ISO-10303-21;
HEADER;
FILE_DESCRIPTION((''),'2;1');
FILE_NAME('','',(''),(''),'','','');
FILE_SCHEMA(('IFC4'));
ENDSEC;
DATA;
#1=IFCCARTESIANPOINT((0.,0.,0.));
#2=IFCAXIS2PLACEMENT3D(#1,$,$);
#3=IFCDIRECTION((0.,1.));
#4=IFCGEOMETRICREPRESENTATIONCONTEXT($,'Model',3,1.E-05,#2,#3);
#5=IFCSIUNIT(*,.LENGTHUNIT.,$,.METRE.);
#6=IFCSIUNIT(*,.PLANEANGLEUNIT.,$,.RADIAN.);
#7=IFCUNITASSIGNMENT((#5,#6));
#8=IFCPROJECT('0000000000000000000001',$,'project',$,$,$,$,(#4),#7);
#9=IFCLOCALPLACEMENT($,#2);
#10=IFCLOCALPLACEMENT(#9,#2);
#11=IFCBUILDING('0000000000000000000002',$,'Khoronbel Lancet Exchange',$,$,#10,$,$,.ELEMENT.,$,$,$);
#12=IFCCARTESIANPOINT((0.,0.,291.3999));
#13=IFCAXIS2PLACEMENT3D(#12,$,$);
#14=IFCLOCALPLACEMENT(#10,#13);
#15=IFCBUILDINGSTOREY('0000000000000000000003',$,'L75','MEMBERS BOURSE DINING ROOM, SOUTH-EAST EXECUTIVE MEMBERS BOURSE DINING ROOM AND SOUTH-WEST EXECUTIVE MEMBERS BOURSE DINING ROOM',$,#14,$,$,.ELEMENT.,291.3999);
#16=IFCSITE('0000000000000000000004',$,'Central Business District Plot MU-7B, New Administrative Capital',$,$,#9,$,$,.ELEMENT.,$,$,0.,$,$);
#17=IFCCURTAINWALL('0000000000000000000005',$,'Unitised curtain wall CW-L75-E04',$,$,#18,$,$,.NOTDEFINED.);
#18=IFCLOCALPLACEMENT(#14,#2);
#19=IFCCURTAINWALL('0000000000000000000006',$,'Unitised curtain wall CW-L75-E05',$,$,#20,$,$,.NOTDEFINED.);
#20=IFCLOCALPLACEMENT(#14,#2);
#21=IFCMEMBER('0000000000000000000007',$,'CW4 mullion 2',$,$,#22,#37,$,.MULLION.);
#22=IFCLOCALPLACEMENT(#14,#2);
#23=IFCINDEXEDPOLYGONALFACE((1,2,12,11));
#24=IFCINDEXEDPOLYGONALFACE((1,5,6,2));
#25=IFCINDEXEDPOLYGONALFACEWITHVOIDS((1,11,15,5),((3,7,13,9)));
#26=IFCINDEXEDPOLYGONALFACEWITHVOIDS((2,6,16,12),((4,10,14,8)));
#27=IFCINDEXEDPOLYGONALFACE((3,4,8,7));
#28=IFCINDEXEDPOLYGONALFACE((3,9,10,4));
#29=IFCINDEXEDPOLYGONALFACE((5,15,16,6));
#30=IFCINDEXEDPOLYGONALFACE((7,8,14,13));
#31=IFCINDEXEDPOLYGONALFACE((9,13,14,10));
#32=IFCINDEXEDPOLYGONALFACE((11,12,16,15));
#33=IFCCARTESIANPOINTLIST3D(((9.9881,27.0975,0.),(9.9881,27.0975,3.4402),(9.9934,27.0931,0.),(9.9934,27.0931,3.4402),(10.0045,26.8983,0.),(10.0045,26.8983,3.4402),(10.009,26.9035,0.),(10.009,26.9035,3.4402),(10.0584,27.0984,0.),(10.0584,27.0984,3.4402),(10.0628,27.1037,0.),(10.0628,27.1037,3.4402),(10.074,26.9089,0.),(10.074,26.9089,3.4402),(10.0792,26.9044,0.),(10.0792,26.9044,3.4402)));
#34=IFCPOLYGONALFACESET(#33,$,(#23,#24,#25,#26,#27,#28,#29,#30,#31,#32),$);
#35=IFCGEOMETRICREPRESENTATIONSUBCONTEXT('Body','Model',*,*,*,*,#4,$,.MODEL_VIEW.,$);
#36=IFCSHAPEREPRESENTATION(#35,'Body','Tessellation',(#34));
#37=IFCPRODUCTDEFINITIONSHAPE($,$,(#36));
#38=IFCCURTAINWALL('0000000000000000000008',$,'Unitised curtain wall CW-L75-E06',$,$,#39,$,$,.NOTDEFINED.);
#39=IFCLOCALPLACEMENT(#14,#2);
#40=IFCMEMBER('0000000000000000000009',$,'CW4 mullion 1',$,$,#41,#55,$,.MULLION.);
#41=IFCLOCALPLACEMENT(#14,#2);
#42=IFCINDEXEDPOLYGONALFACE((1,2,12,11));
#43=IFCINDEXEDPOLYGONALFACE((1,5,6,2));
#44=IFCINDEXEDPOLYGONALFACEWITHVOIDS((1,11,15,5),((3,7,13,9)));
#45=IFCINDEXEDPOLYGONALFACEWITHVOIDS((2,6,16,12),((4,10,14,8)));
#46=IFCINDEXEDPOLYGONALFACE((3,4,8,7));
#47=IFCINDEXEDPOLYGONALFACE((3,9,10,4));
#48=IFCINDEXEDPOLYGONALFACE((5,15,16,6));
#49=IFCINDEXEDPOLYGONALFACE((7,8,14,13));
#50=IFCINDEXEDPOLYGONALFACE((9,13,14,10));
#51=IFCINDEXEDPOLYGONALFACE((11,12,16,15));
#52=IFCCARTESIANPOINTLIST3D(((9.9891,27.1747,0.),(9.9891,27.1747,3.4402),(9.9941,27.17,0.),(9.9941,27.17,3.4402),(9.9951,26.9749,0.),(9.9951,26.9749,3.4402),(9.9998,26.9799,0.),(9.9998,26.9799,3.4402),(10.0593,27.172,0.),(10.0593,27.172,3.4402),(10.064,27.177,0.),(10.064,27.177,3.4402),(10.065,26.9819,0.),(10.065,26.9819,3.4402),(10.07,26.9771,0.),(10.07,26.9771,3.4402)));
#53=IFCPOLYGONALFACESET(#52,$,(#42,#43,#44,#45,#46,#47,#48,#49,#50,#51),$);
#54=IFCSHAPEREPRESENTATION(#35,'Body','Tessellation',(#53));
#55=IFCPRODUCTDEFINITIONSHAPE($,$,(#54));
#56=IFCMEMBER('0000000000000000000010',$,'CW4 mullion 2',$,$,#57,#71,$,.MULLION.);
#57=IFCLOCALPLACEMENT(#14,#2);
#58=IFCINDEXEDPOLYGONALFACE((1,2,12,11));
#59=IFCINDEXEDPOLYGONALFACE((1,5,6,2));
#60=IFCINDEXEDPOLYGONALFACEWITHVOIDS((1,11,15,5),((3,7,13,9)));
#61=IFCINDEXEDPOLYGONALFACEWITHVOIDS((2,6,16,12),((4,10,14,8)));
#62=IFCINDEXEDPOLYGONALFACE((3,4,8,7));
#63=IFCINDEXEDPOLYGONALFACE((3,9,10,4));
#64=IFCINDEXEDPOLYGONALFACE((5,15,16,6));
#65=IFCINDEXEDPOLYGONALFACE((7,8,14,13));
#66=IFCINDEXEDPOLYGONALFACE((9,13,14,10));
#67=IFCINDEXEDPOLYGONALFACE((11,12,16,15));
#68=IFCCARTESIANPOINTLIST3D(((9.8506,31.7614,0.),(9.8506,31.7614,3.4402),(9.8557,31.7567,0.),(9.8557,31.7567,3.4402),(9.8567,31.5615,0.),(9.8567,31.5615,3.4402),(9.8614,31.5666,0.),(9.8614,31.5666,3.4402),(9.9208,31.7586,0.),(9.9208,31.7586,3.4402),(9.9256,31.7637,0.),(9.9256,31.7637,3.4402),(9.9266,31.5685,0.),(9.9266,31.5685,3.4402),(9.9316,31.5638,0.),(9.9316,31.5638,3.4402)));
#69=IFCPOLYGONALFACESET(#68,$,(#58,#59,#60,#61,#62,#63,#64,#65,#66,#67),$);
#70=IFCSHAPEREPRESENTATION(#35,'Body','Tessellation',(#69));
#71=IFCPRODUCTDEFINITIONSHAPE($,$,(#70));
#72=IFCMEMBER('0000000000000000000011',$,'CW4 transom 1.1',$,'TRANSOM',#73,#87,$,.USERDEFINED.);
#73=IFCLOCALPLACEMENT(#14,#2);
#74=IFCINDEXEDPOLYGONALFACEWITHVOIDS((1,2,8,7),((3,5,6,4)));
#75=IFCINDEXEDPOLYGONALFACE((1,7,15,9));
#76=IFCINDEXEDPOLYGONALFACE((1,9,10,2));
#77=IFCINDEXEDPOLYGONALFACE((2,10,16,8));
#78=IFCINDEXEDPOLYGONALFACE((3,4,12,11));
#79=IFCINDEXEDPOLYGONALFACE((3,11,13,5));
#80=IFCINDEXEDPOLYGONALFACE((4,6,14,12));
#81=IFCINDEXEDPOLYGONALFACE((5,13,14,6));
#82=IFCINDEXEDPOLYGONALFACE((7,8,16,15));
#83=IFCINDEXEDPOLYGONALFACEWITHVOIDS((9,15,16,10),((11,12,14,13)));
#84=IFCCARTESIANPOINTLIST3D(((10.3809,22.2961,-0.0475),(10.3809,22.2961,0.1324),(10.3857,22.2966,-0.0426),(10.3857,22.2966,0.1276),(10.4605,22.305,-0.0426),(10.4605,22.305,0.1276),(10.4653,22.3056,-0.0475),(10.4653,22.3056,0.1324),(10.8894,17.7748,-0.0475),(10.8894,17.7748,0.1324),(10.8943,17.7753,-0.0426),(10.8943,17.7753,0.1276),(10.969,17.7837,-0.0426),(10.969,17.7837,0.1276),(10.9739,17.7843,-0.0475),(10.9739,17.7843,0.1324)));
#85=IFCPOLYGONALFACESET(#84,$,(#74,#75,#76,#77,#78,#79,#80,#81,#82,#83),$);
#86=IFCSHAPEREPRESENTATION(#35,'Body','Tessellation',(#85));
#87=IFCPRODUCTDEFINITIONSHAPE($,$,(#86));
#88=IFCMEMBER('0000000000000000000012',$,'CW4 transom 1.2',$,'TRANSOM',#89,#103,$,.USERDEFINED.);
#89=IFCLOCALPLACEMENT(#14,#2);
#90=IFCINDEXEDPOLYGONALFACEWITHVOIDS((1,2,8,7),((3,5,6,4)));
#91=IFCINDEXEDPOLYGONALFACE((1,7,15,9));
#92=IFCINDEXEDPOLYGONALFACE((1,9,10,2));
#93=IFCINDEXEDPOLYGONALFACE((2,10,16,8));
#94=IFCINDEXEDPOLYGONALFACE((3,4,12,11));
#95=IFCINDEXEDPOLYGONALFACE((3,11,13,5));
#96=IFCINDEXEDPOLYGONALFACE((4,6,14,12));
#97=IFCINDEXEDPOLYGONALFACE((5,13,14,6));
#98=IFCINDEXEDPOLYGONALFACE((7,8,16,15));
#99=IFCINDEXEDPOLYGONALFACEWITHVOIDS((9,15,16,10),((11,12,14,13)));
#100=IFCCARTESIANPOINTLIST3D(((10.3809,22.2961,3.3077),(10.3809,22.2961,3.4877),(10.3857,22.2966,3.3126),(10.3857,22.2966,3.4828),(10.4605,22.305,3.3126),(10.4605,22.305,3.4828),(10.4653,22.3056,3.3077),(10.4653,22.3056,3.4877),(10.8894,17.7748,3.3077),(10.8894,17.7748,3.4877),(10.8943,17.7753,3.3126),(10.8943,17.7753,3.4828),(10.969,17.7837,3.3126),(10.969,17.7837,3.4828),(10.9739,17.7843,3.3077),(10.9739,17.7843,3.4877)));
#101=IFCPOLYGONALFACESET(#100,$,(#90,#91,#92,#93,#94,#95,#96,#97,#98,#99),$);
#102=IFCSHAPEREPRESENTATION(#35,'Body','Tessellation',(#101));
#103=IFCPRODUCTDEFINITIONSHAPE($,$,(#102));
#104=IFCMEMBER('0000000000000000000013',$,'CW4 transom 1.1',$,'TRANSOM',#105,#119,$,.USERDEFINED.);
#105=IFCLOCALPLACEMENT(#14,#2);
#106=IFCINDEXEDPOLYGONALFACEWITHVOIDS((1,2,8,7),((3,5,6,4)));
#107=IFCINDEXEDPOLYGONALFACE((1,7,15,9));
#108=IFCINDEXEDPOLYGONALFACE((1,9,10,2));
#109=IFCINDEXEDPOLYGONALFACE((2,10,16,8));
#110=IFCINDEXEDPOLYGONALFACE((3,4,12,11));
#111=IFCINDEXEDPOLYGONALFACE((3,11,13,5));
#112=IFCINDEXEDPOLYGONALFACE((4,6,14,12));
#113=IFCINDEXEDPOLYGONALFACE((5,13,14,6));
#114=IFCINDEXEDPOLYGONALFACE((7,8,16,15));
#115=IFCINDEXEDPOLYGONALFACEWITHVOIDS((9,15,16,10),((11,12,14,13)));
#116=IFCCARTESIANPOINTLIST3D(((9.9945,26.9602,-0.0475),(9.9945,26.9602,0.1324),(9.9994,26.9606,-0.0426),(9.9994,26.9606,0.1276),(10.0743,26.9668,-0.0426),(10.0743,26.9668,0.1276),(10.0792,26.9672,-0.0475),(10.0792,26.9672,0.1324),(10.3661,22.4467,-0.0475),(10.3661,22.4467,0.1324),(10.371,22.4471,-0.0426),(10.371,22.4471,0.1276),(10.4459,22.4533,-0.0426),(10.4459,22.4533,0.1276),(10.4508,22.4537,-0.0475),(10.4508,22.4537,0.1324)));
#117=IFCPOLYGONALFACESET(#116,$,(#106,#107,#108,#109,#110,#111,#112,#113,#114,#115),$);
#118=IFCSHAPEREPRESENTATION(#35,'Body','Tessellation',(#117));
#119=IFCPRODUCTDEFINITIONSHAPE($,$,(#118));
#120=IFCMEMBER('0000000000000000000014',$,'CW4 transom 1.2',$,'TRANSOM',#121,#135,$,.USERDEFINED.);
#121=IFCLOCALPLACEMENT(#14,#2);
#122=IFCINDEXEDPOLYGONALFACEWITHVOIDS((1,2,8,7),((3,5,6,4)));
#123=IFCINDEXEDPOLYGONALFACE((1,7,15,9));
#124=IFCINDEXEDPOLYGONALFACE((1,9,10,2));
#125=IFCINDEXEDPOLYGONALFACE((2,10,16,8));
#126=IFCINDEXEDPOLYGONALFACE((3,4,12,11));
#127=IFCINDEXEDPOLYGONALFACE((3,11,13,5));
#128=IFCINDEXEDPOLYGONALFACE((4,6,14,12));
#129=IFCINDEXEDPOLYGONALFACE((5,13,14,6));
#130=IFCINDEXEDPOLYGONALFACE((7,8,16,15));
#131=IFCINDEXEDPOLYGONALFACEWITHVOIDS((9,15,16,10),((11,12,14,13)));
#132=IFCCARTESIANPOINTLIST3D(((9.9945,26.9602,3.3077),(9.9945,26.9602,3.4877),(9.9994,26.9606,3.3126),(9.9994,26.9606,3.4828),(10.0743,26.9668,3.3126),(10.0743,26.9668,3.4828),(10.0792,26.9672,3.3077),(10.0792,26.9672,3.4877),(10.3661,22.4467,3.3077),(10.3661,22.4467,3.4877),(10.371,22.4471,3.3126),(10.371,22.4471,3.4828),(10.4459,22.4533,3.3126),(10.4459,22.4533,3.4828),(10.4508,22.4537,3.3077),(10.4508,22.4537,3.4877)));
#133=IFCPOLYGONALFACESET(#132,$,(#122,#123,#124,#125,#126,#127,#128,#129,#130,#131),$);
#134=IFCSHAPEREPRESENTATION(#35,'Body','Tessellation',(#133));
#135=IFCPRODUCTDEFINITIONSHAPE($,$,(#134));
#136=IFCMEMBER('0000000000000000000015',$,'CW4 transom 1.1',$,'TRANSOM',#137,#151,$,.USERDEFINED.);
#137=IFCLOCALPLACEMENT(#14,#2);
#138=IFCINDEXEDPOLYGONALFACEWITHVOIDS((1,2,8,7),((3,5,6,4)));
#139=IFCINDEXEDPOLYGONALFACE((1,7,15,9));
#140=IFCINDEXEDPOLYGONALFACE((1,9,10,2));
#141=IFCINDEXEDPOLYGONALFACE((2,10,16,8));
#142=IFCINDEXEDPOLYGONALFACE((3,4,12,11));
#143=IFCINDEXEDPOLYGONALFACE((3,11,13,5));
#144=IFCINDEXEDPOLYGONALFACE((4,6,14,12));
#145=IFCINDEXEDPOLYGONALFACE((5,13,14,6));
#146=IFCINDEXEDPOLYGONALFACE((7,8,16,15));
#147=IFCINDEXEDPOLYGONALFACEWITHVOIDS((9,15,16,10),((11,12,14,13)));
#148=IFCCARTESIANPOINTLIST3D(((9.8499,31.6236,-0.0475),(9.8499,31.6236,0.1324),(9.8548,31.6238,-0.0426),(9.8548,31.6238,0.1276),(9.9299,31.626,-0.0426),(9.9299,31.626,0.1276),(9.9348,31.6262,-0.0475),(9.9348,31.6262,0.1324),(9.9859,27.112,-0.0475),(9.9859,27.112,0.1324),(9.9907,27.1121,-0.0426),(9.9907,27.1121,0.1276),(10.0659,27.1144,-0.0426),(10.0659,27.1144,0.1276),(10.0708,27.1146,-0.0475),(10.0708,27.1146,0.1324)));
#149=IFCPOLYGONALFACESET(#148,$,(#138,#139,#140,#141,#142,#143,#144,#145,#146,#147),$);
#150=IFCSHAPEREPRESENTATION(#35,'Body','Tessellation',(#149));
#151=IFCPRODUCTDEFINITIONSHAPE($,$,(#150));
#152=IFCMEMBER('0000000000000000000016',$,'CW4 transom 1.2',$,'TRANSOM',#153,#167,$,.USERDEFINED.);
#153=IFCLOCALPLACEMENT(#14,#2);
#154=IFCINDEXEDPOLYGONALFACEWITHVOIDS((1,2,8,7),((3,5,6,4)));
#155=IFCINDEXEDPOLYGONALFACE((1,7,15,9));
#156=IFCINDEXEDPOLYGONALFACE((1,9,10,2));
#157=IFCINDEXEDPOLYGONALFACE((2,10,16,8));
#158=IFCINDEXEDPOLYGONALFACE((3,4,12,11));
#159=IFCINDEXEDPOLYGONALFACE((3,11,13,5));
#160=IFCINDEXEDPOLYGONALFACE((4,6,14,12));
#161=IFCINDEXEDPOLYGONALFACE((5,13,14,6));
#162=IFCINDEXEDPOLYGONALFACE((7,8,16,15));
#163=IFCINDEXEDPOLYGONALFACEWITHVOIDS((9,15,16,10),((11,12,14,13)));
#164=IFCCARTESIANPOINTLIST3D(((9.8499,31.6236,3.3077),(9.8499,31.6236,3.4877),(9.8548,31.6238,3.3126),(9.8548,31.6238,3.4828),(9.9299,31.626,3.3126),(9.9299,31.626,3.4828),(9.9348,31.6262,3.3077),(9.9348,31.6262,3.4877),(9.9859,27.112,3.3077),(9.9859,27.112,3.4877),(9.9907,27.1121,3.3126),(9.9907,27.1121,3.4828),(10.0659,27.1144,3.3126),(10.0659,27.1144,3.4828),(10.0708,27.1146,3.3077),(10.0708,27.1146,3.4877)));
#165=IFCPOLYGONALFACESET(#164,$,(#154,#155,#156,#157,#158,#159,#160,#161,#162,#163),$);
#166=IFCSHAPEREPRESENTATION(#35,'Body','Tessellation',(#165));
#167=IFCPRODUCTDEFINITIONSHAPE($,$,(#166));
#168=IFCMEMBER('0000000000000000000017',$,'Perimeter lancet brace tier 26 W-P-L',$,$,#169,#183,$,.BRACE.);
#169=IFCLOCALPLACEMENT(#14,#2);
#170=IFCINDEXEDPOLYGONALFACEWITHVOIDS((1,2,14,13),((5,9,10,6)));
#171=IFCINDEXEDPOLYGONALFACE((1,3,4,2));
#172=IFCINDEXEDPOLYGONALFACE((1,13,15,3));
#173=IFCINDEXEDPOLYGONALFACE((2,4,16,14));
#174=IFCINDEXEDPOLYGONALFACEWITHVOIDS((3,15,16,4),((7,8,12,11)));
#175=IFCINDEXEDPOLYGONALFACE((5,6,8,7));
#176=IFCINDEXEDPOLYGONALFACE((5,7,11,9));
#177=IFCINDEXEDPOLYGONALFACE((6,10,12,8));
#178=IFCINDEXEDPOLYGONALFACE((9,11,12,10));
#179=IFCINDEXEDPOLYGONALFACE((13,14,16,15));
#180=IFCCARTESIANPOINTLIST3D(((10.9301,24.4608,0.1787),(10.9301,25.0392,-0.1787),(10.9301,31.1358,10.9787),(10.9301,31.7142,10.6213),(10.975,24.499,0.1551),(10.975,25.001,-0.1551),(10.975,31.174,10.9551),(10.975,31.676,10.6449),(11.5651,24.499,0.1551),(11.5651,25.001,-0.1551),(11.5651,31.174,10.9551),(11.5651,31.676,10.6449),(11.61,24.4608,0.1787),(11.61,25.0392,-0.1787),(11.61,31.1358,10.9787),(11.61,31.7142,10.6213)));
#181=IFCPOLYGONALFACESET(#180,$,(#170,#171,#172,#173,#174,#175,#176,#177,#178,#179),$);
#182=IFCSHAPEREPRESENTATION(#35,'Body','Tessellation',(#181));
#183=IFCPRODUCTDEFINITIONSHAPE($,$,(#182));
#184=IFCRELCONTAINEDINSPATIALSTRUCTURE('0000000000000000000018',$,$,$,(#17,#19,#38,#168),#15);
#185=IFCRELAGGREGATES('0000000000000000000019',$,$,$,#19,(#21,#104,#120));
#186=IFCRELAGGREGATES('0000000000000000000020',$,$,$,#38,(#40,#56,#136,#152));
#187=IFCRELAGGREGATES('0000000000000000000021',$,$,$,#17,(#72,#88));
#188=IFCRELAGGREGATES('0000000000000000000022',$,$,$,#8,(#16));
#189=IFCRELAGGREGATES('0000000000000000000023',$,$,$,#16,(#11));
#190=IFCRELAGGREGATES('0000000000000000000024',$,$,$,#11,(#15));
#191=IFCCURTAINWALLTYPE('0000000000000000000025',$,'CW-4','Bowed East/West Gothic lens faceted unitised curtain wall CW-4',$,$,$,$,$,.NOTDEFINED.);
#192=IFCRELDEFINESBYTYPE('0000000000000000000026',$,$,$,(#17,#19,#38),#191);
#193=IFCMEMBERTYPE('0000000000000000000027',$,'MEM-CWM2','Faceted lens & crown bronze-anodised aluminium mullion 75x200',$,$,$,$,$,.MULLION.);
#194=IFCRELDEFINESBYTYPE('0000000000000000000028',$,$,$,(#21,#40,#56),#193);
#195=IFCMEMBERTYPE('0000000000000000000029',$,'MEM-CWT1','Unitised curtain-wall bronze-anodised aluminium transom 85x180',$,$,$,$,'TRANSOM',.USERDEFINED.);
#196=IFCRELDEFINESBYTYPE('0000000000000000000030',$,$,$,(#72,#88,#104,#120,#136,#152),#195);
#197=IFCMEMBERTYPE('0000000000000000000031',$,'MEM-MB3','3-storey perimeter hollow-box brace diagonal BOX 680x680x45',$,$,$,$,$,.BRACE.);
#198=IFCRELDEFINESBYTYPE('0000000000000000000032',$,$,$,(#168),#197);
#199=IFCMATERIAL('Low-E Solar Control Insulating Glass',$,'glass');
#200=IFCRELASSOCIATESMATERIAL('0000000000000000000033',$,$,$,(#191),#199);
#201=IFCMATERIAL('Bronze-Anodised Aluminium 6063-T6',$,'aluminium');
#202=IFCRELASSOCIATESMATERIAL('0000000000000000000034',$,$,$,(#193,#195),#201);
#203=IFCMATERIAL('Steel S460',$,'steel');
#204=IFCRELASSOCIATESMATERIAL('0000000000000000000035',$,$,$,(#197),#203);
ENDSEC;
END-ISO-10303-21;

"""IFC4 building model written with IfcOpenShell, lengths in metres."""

from ifc_helpers import new_model, si_unit, direction, frame, origin, origin_2d, place, context, subcontext, project, spatial, hollow_rectangle, extrude, material, material_profile, profile_set, type_object, element, aggregate, save


model = new_model("IFC4")

# Units and contexts
model_context = context("Model", 3, precision=1e-05, world=origin(), true_north=direction((0.0, 1.0)))
body_context = subcontext(model_context, "Body", "Model", "MODEL_VIEW")
ifc_project = project(units=[si_unit("LENGTHUNIT", "METRE"), si_unit("PLANEANGLEUNIT", "RADIAN")], contexts=[model_context])

# Site, building, storey
site_placement = place(None, origin())
site = spatial("IfcSite", under=ifc_project, at=site_placement, Name="Central Business District Plot MU-7B, New Administrative Capital", CompositionType="ELEMENT", RefElevation=0.0)
building_placement = place(site_placement, origin())
building = spatial("IfcBuilding", under=site, at=building_placement, Name="Khoronbel Lancet Exchange", CompositionType="ELEMENT")
storey_placement = place(building_placement, frame((0.0, 0.0, 291.3999)))
storey = spatial("IfcBuildingStorey", under=building, at=storey_placement, Name="L75", Description="MEMBERS BOURSE DINING ROOM, SOUTH-EAST EXECUTIVE MEMBERS BOURSE DINING ROOM AND SOUTH-WEST EXECUTIVE MEMBERS BOURSE DINING ROOM", CompositionType="ELEMENT", Elevation=291.3999)

# Curtain walls, members
ifc_material_1 = material(Name="Low-E Solar Control Insulating Glass", Category="glass")
curtain_wall_type = type_object("IfcCurtainWallType", Name="CW-4", Description="Bowed East/West Gothic lens faceted unitised curtain wall CW-4", PredefinedType="NOTDEFINED", material=ifc_material_1)
curtain_wall_1_placement = place(storey_placement, origin())
curtain_wall_1 = element("IfcCurtainWall", 1, at=curtain_wall_1_placement, inside=storey, type_object=curtain_wall_type, Name="Unitised curtain wall CW-L75-E04", PredefinedType="NOTDEFINED")
ifc_material_2 = material(Name="Bronze-Anodised Aluminium 6063-T6", Category="aluminium")
ifc_material_profile_1 = material_profile(ifc_material_2, hollow_rectangle(XDim=0.075, YDim=0.2, WallThickness=0.0049, at=origin_2d()), Name="ALU MULLION 75x200")
ifc_profile_set_1 = profile_set([ifc_material_profile_1], Name="Bronze-Anodised Aluminium 6063-T6")
member_type_1 = type_object("IfcMemberType", Name="MEM-CWM2", Description="Faceted lens & crown bronze-anodised aluminium mullion 75x200", PredefinedType="MULLION", material=ifc_profile_set_1)
curtain_wall_2_placement = place(storey_placement, origin())
curtain_wall_2 = element("IfcCurtainWall", 2, at=curtain_wall_2_placement, inside=storey, type_object=curtain_wall_type, Name="Unitised curtain wall CW-L75-E05", PredefinedType="NOTDEFINED")
member_1_placement = place(storey_placement, frame((10.0337, 27.001, 0.0), z_axis=(0.0, 0.0, 1.0), x_axis=(-0.996626, -0.082073, 0.0)))
member_1 = element("IfcMember", 3, at=member_1_placement, type_object=member_type_1, Name="CW4 mullion 2", PredefinedType="MULLION", context=body_context, shape_type="SweptSolid", body=[
    extrude(hollow_rectangle(XDim=0.075, YDim=0.2, WallThickness=0.0049, at=origin_2d()), origin(), (0.0, 0.0, 1.0), 3.4402),
])
curtain_wall_3_placement = place(storey_placement, origin())
curtain_wall_3 = element("IfcCurtainWall", 4, at=curtain_wall_3_placement, inside=storey, type_object=curtain_wall_type, Name="Unitised curtain wall CW-L75-E06", PredefinedType="NOTDEFINED")
member_2_placement = place(storey_placement, frame((10.0295, 27.0759, 0.0), z_axis=(0.0, 0.0, 1.0), x_axis=(-0.999545, -0.030148, 0.0)))
member_2 = element("IfcMember", 5, at=member_2_placement, type_object=member_type_1, Name="CW4 mullion 1", PredefinedType="MULLION", context=body_context, shape_type="SweptSolid", body=[
    extrude(hollow_rectangle(XDim=0.075, YDim=0.2, WallThickness=0.0049, at=origin_2d()), origin(), (0.0, 0.0, 1.0), 3.4402),
])
member_3_placement = place(storey_placement, frame((9.8911, 31.6626, 0.0), z_axis=(0.0, 0.0, 1.0), x_axis=(-0.999545, -0.030148, 0.0)))
member_3 = element("IfcMember", 6, at=member_3_placement, type_object=member_type_1, Name="CW4 mullion 2", PredefinedType="MULLION", context=body_context, shape_type="SweptSolid", body=[
    extrude(hollow_rectangle(XDim=0.075, YDim=0.2, WallThickness=0.0049, at=origin_2d()), origin(), (0.0, 0.0, 1.0), 3.4402),
])

# Members
ifc_material_profile_2 = material_profile(ifc_material_2, hollow_rectangle(XDim=0.085, YDim=0.1799, WallThickness=0.0049, at=origin_2d()), Name="ALU TRANSOM 85x180")
ifc_profile_set_2 = profile_set([ifc_material_profile_2], Name="Bronze-Anodised Aluminium 6063-T6")
member_type_2 = type_object("IfcMemberType", Name="MEM-CWT1", Description="Unitised curtain-wall bronze-anodised aluminium transom 85x180", ElementType="TRANSOM", PredefinedType="USERDEFINED", material=ifc_profile_set_2)
member_4_placement = place(storey_placement, frame((10.9316, 17.7795, 0.0425), z_axis=(-0.111774, 0.993734, 0.0), x_axis=(-0.993734, -0.111774, 0.0)))
member_4 = element("IfcMember", 7, at=member_4_placement, type_object=member_type_2, Name="CW4 transom 1.1", ObjectType="TRANSOM", PredefinedType="USERDEFINED", context=body_context, shape_type="SweptSolid", body=[
    extrude(hollow_rectangle(XDim=0.085, YDim=0.1799, WallThickness=0.0049, at=origin_2d()), origin(), (0.0, 0.0, 1.0), 4.5498),
])
member_5_placement = place(storey_placement, frame((10.9316, 17.7795, 3.3977), z_axis=(-0.111774, 0.993734, 0.0), x_axis=(-0.993734, -0.111774, 0.0)))
member_5 = element("IfcMember", 8, at=member_5_placement, type_object=member_type_2, Name="CW4 transom 1.2", ObjectType="TRANSOM", PredefinedType="USERDEFINED", context=body_context, shape_type="SweptSolid", body=[
    extrude(hollow_rectangle(XDim=0.085, YDim=0.1799, WallThickness=0.0049, at=origin_2d()), origin(), (0.0, 0.0, 1.0), 4.5498),
])
member_6_placement = place(storey_placement, frame((10.4084, 22.4502, 0.0425), z_axis=(-0.082051, 0.996628, 0.0), x_axis=(-0.996628, -0.082051, 0.0)))
member_6 = element("IfcMember", 9, at=member_6_placement, type_object=member_type_2, Name="CW4 transom 1.1", ObjectType="TRANSOM", PredefinedType="USERDEFINED", context=body_context, shape_type="SweptSolid", body=[
    extrude(hollow_rectangle(XDim=0.085, YDim=0.1799, WallThickness=0.0049, at=origin_2d()), origin(), (0.0, 0.0, 1.0), 4.5288),
])
member_7_placement = place(storey_placement, frame((10.4084, 22.4502, 3.3977), z_axis=(-0.082051, 0.996628, 0.0), x_axis=(-0.996628, -0.082051, 0.0)))
member_7 = element("IfcMember", 10, at=member_7_placement, type_object=member_type_2, Name="CW4 transom 1.2", ObjectType="TRANSOM", PredefinedType="USERDEFINED", context=body_context, shape_type="SweptSolid", body=[
    extrude(hollow_rectangle(XDim=0.085, YDim=0.1799, WallThickness=0.0049, at=origin_2d()), origin(), (0.0, 0.0, 1.0), 4.5288),
])
member_8_placement = place(storey_placement, frame((10.0283, 27.1133, 0.0425), z_axis=(-0.030127, 0.999546, 0.0), x_axis=(-0.999546, -0.030127, 0.0)))
member_8 = element("IfcMember", 11, at=member_8_placement, type_object=member_type_2, Name="CW4 transom 1.1", ObjectType="TRANSOM", PredefinedType="USERDEFINED", context=body_context, shape_type="SweptSolid", body=[
    extrude(hollow_rectangle(XDim=0.085, YDim=0.1799, WallThickness=0.0049, at=origin_2d()), origin(), (0.0, 0.0, 1.0), 4.5137),
])
member_9_placement = place(storey_placement, frame((10.0283, 27.1133, 3.3977), z_axis=(-0.030127, 0.999546, 0.0), x_axis=(-0.999546, -0.030127, 0.0)))
member_9 = element("IfcMember", 12, at=member_9_placement, type_object=member_type_2, Name="CW4 transom 1.2", ObjectType="TRANSOM", PredefinedType="USERDEFINED", context=body_context, shape_type="SweptSolid", body=[
    extrude(hollow_rectangle(XDim=0.085, YDim=0.1799, WallThickness=0.0049, at=origin_2d()), origin(), (0.0, 0.0, 1.0), 4.5137),
])
ifc_material_3 = material(Name="Steel S460", Category="steel")
ifc_material_profile_3 = material_profile(ifc_material_3, hollow_rectangle(XDim=0.6799, YDim=0.6799, WallThickness=0.0449, at=origin_2d()), Name="BOX 680x680x45")
ifc_profile_set_3 = profile_set([ifc_material_profile_3], Name="Steel S460")
member_type_3 = type_object("IfcMemberType", Name="MEM-MB3", Description="3-storey perimeter hollow-box brace diagonal BOX 680x680x45", PredefinedType="BRACE", material=ifc_profile_set_3)
member_10_placement = place(storey_placement, frame((11.27, 24.75, 0.0), z_axis=(0.0, 0.525745, 0.850642), x_axis=(-1.0, 0.0, 0.0)))
element("IfcMember", 13, at=member_10_placement, inside=storey, type_object=member_type_3, Name="Perimeter lancet brace tier 26 W-P-L", PredefinedType="BRACE", context=body_context, shape_type="SweptSolid", body=[
    extrude(hollow_rectangle(XDim=0.6799, YDim=0.6799, WallThickness=0.0449, at=origin_2d()), origin(), (0.0, 0.0, 1.0), 12.6963),
])

aggregate(curtain_wall_2, [member_1, member_6, member_7])
aggregate(curtain_wall_3, [member_2, member_3, member_8, member_9])
aggregate(curtain_wall_1, [member_4, member_5])

save(model, "model.ifc")
